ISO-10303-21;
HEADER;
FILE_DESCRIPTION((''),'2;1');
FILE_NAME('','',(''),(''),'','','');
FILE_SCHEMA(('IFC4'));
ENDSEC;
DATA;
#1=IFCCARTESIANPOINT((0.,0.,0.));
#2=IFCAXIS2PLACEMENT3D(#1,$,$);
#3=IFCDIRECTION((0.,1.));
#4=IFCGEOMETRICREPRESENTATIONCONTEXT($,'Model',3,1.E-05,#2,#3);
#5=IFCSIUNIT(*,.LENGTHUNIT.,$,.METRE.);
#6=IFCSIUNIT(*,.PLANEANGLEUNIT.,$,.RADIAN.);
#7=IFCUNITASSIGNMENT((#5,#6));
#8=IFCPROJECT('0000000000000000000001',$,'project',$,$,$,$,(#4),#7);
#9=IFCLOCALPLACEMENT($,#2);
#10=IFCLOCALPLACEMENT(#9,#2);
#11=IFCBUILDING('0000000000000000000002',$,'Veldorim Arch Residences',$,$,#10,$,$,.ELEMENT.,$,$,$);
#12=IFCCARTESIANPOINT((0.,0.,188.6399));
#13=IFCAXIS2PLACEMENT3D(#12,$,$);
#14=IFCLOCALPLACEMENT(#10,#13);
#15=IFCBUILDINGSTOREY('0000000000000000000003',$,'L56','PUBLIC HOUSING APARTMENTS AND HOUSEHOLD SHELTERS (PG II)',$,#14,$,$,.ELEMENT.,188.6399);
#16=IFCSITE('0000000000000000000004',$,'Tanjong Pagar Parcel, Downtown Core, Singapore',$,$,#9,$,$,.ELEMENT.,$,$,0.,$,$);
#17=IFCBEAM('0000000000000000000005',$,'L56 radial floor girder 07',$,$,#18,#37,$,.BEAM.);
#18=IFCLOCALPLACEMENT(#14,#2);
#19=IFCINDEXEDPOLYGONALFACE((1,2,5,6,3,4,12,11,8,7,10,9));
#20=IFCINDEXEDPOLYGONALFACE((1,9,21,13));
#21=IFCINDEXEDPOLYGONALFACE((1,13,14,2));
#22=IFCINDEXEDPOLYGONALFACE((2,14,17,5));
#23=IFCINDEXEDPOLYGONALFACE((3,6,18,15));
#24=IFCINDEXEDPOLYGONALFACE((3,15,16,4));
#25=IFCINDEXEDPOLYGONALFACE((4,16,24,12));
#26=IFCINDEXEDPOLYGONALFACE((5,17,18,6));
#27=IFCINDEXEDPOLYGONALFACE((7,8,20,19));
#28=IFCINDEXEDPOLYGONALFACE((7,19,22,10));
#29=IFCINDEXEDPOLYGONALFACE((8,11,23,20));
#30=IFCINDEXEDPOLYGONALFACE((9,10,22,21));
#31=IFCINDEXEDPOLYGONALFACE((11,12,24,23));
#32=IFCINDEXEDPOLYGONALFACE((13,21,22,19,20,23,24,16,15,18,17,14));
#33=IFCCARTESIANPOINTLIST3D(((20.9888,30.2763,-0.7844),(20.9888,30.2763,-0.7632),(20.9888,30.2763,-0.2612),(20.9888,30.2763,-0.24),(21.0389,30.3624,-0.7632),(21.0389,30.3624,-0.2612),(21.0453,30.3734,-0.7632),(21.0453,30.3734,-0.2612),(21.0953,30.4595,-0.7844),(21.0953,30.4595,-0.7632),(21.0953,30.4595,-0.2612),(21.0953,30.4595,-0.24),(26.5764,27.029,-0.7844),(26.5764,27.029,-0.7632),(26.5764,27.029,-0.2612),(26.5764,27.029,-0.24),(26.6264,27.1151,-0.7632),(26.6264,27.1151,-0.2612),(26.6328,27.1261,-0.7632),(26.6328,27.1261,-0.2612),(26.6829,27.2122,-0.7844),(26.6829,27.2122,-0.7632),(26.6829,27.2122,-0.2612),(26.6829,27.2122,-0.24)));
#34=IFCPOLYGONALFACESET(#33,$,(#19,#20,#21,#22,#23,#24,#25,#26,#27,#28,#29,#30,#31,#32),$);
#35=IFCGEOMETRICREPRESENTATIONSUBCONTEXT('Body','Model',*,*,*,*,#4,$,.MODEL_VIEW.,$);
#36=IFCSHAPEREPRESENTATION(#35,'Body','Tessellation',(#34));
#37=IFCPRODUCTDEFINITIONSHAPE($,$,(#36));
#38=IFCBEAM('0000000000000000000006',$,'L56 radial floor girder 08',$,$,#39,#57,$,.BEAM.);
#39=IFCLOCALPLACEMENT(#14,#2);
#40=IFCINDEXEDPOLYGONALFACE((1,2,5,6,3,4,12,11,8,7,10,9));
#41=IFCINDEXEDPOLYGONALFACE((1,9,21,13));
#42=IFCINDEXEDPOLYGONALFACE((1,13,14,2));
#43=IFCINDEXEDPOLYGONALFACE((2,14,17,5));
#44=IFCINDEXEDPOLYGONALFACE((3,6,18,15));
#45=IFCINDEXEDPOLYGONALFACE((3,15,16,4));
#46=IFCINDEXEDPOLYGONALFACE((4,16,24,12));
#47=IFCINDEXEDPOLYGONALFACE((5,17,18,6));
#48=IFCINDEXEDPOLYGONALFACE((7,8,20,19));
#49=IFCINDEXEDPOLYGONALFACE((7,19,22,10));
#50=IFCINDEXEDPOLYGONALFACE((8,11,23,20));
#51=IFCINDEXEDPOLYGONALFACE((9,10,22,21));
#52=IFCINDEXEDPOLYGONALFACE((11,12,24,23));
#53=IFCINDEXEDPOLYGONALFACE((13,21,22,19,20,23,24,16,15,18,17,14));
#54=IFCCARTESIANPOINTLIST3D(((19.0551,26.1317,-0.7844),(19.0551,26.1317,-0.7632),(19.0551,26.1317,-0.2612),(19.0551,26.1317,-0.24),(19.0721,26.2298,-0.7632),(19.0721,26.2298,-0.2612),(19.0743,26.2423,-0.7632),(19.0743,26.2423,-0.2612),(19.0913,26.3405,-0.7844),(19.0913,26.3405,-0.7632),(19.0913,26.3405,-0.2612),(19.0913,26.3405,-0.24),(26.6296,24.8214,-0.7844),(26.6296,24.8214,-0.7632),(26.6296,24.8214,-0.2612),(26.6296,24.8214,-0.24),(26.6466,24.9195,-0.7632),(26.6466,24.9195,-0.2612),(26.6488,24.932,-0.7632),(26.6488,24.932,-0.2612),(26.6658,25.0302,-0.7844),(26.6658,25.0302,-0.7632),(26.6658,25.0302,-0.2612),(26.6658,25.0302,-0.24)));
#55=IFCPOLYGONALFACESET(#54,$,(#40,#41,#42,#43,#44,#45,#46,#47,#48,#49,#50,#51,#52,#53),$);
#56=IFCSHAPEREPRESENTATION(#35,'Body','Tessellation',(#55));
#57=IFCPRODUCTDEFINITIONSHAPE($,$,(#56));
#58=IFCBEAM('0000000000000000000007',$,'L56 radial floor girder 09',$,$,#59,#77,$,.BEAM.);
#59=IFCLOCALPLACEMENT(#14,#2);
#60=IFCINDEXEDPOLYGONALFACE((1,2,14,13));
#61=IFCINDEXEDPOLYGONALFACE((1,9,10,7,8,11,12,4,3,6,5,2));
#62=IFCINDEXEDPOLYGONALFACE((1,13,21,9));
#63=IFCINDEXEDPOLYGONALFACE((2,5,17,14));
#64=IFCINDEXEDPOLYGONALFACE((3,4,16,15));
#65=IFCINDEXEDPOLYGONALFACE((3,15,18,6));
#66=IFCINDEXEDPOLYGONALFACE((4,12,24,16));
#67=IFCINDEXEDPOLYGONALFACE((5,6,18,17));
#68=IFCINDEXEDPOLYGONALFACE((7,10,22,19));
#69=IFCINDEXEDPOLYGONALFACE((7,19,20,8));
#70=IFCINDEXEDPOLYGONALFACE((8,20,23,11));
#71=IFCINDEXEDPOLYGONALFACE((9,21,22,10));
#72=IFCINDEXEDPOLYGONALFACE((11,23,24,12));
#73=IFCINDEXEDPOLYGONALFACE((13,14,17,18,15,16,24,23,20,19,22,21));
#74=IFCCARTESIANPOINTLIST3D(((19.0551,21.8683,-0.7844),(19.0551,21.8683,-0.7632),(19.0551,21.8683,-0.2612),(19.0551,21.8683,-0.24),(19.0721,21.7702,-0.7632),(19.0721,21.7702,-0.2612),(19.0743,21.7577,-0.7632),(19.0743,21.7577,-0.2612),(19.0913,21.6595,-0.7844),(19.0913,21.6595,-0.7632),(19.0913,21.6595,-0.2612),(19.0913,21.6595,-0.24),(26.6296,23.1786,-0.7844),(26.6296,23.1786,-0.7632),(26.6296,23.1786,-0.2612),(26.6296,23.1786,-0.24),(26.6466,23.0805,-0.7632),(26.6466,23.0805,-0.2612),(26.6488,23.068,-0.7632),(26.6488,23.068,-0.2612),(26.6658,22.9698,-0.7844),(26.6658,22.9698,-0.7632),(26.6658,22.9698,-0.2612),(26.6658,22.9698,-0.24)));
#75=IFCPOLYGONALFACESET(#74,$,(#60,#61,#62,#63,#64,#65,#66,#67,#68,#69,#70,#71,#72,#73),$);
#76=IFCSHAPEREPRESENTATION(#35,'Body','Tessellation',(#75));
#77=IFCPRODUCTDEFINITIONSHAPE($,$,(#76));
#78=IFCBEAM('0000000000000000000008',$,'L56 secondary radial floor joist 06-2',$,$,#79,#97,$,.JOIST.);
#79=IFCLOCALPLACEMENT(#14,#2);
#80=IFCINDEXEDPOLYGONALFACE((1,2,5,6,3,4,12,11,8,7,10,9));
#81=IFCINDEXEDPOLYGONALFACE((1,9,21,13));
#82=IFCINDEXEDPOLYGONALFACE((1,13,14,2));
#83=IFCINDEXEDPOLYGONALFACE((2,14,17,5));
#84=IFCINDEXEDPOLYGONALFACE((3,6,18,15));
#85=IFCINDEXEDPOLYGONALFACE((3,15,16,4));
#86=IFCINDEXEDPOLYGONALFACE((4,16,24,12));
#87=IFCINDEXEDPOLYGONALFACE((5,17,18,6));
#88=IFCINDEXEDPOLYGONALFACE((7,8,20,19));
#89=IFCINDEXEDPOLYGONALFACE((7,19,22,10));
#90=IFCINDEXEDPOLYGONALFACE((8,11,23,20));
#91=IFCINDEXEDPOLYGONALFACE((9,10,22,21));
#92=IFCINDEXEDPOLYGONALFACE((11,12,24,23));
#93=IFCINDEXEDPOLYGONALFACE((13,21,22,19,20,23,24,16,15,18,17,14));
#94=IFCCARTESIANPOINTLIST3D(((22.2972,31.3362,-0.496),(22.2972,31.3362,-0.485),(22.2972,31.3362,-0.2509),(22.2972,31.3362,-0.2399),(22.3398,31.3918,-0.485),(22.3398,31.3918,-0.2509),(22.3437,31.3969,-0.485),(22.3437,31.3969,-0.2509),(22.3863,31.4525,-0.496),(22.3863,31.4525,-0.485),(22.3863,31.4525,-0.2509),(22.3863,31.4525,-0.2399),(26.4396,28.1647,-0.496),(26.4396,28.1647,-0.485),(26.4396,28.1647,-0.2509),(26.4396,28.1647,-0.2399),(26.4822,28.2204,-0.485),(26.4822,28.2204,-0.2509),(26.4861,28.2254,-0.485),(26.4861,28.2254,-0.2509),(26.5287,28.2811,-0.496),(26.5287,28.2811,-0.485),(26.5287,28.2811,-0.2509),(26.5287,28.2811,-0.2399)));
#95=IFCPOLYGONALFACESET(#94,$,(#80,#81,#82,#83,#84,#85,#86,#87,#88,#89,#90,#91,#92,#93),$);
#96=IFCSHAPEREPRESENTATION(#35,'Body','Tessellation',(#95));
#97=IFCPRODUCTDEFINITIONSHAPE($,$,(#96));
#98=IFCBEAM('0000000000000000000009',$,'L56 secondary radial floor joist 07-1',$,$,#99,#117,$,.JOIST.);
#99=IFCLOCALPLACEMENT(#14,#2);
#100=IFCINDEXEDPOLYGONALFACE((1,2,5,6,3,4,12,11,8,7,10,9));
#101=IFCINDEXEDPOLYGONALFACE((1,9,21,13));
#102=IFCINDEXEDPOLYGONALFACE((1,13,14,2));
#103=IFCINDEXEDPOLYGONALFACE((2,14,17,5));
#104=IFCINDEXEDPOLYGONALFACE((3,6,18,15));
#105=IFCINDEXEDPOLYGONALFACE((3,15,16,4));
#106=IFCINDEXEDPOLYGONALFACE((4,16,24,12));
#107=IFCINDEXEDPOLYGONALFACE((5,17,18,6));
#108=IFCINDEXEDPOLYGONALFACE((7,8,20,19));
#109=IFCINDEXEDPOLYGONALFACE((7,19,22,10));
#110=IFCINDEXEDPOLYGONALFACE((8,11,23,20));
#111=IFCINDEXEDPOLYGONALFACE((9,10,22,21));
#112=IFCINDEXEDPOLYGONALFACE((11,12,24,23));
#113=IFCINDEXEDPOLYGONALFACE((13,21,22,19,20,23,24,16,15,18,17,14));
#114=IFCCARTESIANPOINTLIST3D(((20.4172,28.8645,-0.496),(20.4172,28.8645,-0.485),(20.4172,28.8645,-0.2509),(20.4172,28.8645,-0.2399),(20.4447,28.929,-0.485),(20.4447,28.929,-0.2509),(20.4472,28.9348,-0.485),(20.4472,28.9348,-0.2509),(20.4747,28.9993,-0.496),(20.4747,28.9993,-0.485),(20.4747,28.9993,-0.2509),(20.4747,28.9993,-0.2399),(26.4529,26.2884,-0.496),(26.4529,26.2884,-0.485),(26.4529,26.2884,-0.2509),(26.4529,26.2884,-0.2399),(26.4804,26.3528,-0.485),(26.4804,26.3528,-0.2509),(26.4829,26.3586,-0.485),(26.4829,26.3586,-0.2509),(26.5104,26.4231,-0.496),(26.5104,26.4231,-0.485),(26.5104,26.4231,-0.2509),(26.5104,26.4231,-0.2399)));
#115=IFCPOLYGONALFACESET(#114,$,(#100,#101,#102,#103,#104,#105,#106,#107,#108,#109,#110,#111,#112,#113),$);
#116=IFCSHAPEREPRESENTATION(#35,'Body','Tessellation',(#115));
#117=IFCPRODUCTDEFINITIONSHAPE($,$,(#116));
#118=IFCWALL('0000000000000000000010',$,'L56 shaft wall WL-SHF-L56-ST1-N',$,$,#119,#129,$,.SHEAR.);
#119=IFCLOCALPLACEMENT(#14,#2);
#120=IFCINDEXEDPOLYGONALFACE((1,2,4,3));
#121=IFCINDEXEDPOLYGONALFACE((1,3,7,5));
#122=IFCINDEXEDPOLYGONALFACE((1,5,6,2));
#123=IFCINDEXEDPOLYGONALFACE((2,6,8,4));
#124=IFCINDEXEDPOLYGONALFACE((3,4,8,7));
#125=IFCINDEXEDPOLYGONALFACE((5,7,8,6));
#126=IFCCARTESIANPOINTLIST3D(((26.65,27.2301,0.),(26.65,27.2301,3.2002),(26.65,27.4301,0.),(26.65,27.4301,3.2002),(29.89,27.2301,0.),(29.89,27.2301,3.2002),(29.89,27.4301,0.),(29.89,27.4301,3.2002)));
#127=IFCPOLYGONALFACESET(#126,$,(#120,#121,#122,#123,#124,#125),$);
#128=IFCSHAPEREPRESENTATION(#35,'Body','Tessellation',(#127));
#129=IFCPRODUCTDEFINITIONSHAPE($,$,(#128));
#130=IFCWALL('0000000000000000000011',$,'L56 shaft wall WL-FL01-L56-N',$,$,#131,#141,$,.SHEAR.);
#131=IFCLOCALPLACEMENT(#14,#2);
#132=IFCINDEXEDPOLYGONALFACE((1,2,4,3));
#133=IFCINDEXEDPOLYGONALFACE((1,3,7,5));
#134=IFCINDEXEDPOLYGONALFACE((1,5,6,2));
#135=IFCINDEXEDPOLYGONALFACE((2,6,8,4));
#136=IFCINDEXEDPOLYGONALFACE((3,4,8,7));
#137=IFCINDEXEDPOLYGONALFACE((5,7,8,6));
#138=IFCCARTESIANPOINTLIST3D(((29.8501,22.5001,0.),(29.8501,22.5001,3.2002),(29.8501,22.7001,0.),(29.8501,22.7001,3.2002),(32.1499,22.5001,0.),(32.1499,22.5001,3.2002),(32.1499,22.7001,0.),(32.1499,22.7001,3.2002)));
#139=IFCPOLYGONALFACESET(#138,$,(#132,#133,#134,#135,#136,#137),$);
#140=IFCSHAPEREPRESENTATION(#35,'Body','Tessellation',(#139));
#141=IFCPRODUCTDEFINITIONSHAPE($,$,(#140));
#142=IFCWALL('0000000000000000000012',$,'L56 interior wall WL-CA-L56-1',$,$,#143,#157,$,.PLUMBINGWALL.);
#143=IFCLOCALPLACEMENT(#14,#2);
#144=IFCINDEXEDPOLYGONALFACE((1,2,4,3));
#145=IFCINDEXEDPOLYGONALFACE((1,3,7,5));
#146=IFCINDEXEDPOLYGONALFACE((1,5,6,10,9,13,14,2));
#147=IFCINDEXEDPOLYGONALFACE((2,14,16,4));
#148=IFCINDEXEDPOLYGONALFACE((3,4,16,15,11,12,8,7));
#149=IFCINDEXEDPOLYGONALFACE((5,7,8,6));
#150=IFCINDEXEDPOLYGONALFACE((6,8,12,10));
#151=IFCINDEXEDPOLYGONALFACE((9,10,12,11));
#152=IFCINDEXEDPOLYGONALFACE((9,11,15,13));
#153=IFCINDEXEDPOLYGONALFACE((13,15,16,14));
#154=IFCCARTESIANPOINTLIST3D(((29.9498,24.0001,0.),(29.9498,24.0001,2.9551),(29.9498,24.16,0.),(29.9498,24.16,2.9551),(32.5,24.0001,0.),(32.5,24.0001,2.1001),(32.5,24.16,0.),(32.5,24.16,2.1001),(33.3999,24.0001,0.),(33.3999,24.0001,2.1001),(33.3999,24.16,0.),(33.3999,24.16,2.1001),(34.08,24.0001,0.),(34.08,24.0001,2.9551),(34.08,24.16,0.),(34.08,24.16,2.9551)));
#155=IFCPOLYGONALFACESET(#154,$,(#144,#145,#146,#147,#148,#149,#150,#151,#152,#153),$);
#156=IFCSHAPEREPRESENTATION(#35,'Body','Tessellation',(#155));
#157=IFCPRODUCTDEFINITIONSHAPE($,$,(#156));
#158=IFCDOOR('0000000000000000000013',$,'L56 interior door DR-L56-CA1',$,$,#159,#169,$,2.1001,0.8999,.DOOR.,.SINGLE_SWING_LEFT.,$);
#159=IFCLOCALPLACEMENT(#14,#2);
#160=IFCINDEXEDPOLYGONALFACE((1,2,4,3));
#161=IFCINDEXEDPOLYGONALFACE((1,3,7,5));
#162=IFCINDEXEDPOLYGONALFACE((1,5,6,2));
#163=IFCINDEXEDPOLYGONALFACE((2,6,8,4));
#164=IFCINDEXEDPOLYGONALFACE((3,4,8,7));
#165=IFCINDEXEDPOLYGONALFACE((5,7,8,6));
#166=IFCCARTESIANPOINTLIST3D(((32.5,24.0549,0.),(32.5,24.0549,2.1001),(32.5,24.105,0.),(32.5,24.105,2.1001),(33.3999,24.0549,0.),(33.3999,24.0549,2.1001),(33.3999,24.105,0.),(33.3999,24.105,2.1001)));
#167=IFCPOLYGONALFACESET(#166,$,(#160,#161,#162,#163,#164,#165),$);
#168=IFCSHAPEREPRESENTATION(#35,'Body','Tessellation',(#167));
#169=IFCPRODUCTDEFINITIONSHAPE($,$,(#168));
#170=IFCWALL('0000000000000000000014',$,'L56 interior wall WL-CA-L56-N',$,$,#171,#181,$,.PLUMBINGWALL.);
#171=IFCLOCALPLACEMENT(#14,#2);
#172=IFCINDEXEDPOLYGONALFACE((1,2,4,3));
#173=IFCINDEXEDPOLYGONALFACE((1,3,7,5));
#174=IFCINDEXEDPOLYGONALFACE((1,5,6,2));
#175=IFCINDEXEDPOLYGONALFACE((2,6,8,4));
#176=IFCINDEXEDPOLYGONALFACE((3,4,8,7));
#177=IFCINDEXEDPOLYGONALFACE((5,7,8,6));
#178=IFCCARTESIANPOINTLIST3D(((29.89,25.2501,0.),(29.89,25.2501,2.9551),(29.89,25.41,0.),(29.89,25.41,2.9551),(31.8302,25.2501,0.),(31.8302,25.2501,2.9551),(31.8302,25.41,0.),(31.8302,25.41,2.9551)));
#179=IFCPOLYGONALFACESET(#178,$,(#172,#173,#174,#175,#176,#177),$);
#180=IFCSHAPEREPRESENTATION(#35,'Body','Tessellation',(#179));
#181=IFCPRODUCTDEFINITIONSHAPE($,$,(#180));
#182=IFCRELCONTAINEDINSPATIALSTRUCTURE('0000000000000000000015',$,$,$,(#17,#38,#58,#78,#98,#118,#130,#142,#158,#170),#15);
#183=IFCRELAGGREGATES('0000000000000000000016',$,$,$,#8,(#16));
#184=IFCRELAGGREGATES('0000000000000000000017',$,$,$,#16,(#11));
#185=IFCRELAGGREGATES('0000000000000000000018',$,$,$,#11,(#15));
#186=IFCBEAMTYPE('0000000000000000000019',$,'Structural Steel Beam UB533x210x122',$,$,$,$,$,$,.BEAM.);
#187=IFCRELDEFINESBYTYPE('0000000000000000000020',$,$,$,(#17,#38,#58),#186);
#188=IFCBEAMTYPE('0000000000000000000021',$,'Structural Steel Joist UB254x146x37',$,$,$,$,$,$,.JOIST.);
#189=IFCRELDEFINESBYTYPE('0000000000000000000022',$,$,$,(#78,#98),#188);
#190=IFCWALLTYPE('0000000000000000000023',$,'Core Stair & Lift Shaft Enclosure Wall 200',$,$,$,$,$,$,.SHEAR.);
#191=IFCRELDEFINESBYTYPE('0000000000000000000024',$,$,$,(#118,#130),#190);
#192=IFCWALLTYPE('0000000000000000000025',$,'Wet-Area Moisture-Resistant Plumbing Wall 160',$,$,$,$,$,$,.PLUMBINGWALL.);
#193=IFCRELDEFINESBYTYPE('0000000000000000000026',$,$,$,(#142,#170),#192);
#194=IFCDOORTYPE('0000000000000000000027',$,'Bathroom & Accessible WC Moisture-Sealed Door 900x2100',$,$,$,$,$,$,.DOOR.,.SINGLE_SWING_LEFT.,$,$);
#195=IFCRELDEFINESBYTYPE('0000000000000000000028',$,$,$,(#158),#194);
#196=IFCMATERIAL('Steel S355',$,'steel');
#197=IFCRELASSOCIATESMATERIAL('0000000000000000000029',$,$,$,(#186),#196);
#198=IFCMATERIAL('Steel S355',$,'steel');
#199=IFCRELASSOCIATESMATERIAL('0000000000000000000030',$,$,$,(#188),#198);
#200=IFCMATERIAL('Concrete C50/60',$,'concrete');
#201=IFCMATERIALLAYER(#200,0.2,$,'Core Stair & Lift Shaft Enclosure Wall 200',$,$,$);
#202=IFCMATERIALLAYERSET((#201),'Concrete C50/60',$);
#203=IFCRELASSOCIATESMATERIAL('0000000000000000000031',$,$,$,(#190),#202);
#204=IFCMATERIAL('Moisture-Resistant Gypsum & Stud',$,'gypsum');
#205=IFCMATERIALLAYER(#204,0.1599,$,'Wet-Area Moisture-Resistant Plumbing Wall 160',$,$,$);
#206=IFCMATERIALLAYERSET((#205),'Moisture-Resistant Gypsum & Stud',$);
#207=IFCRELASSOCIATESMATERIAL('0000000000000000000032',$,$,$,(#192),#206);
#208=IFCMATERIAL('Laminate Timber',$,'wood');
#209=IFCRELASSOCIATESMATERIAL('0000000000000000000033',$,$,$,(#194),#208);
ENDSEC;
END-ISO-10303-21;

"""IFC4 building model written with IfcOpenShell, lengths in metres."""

from ifc_helpers import new_model, si_unit, direction, frame, frame_2d, origin, origin_2d, place, context, subcontext, project, spatial, rectangle, i_section, extrude, material, layer, layer_set, material_profile, profile_set, type_object, element, fill, save


model = new_model("IFC4")

# Units and contexts
model_context = context("Model", 3, precision=1e-05, world=origin(), true_north=direction((0.0, 1.0)))
body_context = subcontext(model_context, "Body", "Model", "MODEL_VIEW")
ifc_project = project(units=[si_unit("LENGTHUNIT", "METRE"), si_unit("PLANEANGLEUNIT", "RADIAN")], contexts=[model_context])

# Site, building, storey
site_placement = place(None, origin())
site = spatial("IfcSite", under=ifc_project, at=site_placement, Name="Tanjong Pagar Parcel, Downtown Core, Singapore", CompositionType="ELEMENT", RefElevation=0.0)
building_placement = place(site_placement, origin())
building = spatial("IfcBuilding", under=site, at=building_placement, Name="Veldorim Arch Residences", CompositionType="ELEMENT")
storey_placement = place(building_placement, frame((0.0, 0.0, 188.6399)))
storey = spatial("IfcBuildingStorey", under=building, at=storey_placement, Name="L56", Description="PUBLIC HOUSING APARTMENTS AND HOUSEHOLD SHELTERS (PG II)", CompositionType="ELEMENT", Elevation=188.6399)

# Beams
ifc_material_1 = material(Name="Steel S355", Category="steel")
ifc_material_profile_1 = material_profile(ifc_material_1, i_section(OverallWidth=0.2119, OverallDepth=0.5444, WebThickness=0.0127, FlangeThickness=0.0212, at=origin_2d()), Name="UB533x210x122")
ifc_profile_set_1 = profile_set([ifc_material_profile_1], Name="Steel S355")
beam_type_1 = type_object("IfcBeamType", Name="Structural Steel Beam UB533x210x122", PredefinedType="BEAM", material=ifc_profile_set_1)
beam_1_placement = place(storey_placement, frame((26.6296, 27.1206, -0.5122), z_axis=(-0.864596, 0.502468, 0.0), x_axis=(-0.502468, -0.864596, 0.0)))
element("IfcBeam", 1, at=beam_1_placement, inside=storey, type_object=beam_type_1, Name="L56 radial floor girder 07", PredefinedType="BEAM", context=body_context, shape_type="SweptSolid", body=[
    extrude(i_section(OverallWidth=0.2119, OverallDepth=0.5444, WebThickness=0.0127, FlangeThickness=0.0212, at=origin_2d()), origin(), (0.0, 0.0, 1.0), 6.4626),
])
for number, where, z_axis, x_axis, name in (
    (2, (26.6477, 24.9258, -0.5122), (-0.985365, 0.170458, 0.0), (-0.170458, -0.985365, 0.0), "L56 radial floor girder 08"),
    (3, (26.6477, 23.0742, -0.5122), (-0.985365, -0.170458, 0.0), (0.170458, -0.985365, 0.0), "L56 radial floor girder 09"),
):
    element("IfcBeam", number, at=place(storey_placement, frame(where, z_axis=z_axis, x_axis=x_axis)), inside=storey, type_object=beam_type_1, Name=name, PredefinedType="BEAM", context=body_context, shape_type="SweptSolid", body=[
        extrude(i_section(OverallWidth=0.2119, OverallDepth=0.5444, WebThickness=0.0127, FlangeThickness=0.0212, at=origin_2d()), origin(), (0.0, 0.0, 1.0), 7.687),
    ])
ifc_material_2 = material(Name="Steel S355", Category="steel")
ifc_material_profile_2 = material_profile(ifc_material_2, i_section(OverallWidth=0.1465, OverallDepth=0.2561, WebThickness=0.0063, FlangeThickness=0.011, at=origin_2d()), Name="UB254x146x37")
ifc_profile_set_2 = profile_set([ifc_material_profile_2], Name="Steel S355")
beam_type_2 = type_object("IfcBeamType", Name="Structural Steel Joist UB254x146x37", PredefinedType="JOIST", material=ifc_profile_set_2)
beam_2_placement = place(storey_placement, frame((26.4841, 28.2229, -0.3679), z_axis=(-0.794014, 0.6079, 0.0), x_axis=(-0.6079, -0.794014, 0.0)))
element("IfcBeam", 4, at=beam_2_placement, inside=storey, type_object=beam_type_2, Name="L56 secondary radial floor joist 06-2", PredefinedType="JOIST", context=body_context, shape_type="SweptSolid", body=[
    extrude(i_section(OverallWidth=0.1465, OverallDepth=0.2561, WebThickness=0.0063, FlangeThickness=0.011, at=origin_2d()), origin(), (0.0, 0.0, 1.0), 5.217),
])
beam_3_placement = place(storey_placement, frame((26.4817, 26.3557, -0.3679), z_axis=(-0.919725, 0.392563, 0.0), x_axis=(-0.392563, -0.919725, 0.0)))
element("IfcBeam", 5, at=beam_3_placement, inside=storey, type_object=beam_type_2, Name="L56 secondary radial floor joist 07-1", PredefinedType="JOIST", context=body_context, shape_type="SweptSolid", body=[
    extrude(i_section(OverallWidth=0.1465, OverallDepth=0.2561, WebThickness=0.0063, FlangeThickness=0.011, at=origin_2d()), origin(), (0.0, 0.0, 1.0), 6.5625),
])

# Walls
ifc_material_3 = material(Name="Concrete C50/60", Category="concrete")
ifc_layer_1 = layer(ifc_material_3, 0.2, Name="Core Stair & Lift Shaft Enclosure Wall 200")
ifc_layer_set_1 = layer_set([ifc_layer_1], Name="Concrete C50/60")
wall_type_1 = type_object("IfcWallType", Name="Core Stair & Lift Shaft Enclosure Wall 200", PredefinedType="SHEAR", material=ifc_layer_set_1)
wall_1_placement = place(storey_placement, frame((26.6499, 27.3301, 0.0), z_axis=(0.0, 0.0, 1.0), x_axis=(1.0, 0.0, 0.0)))
element("IfcWall", 6, at=wall_1_placement, inside=storey, type_object=wall_type_1, Name="L56 shaft wall WL-SHF-L56-ST1-N", PredefinedType="SHEAR", context=body_context, shape_type="SweptSolid", body=[
    extrude(rectangle(XDim=3.24, YDim=0.2, at=frame_2d((1.6201, 0.0))), origin(), (0.0, 0.0, 1.0), 3.2002),
])
wall_2_placement = place(storey_placement, frame((29.8501, 22.6001, 0.0), z_axis=(0.0, 0.0, 1.0), x_axis=(1.0, 0.0, 0.0)))
element("IfcWall", 7, at=wall_2_placement, inside=storey, type_object=wall_type_1, Name="L56 shaft wall WL-FL01-L56-N", PredefinedType="SHEAR", context=body_context, shape_type="SweptSolid", body=[
    extrude(rectangle(XDim=2.2998, YDim=0.2, at=frame_2d((1.1499, 0.0))), origin(), (0.0, 0.0, 1.0), 3.2002),
])

# Wall, opening, door
ifc_material_4 = material(Name="Moisture-Resistant Gypsum & Stud", Category="gypsum")
ifc_layer_2 = layer(ifc_material_4, 0.1599, Name="Wet-Area Moisture-Resistant Plumbing Wall 160")
ifc_layer_set_2 = layer_set([ifc_layer_2], Name="Moisture-Resistant Gypsum & Stud")
wall_type_2 = type_object("IfcWallType", Name="Wet-Area Moisture-Resistant Plumbing Wall 160", PredefinedType="PLUMBINGWALL", material=ifc_layer_set_2)
wall_3_placement = place(storey_placement, frame((29.95, 24.0801, 0.0), z_axis=(0.0, 0.0, 1.0), x_axis=(1.0, 0.0, 0.0)))
wall_3 = element("IfcWall", 8, at=wall_3_placement, inside=storey, type_object=wall_type_2, Name="L56 interior wall WL-CA-L56-1", PredefinedType="PLUMBINGWALL", context=body_context, shape_type="SweptSolid", body=[
    extrude(rectangle(XDim=4.1301, YDim=0.1599, at=frame_2d((2.0649, 0.0))), origin(), (0.0, 0.0, 1.0), 2.9551),
])
opening_placement = place(wall_3_placement, frame((2.55, 0.0, 0.0)))
opening = element("IfcOpeningElement", 9, at=opening_placement, cuts=wall_3, PredefinedType="OPENING", context=body_context, shape_type="SweptSolid", body=[
    extrude(rectangle(XDim=0.8999, YDim=2.1001, at=frame_2d((0.45, 1.05))), frame((0.0, 0.0898, 0.0), z_axis=(0.0, -1.0, 0.0), x_axis=(1.0, 0.0, 0.0)), (0.0, 0.0, 1.0), 0.1799),
])
ifc_material_5 = material(Name="Laminate Timber", Category="wood")
door_type = type_object("IfcDoorType", Name="Bathroom & Accessible WC Moisture-Sealed Door 900x2100", OperationType="SINGLE_SWING_LEFT", PredefinedType="DOOR", material=ifc_material_5)
door_placement = place(opening_placement, origin())
door = element("IfcDoor", 10, at=door_placement, inside=storey, type_object=door_type, Name="L56 interior door DR-L56-CA1", OperationType="SINGLE_SWING_LEFT", OverallHeight=2.1001, OverallWidth=0.8999, PredefinedType="DOOR", context=body_context, shape_type="SweptSolid", body=[
    extrude(rectangle(XDim=0.8999, YDim=2.1001, at=frame_2d((0.45, 1.05))), frame((0.0, 0.0249, 0.0), z_axis=(0.0, -1.0, 0.0), x_axis=(1.0, 0.0, 0.0)), (0.0, 0.0, 1.0), 0.05),
])
fill(opening, door)

# Wall
wall_4_placement = place(storey_placement, frame((29.8899, 25.3301, 0.0), z_axis=(0.0, 0.0, 1.0), x_axis=(1.0, 0.0, 0.0)))
element("IfcWall", 11, at=wall_4_placement, inside=storey, type_object=wall_type_2, Name="L56 interior wall WL-CA-L56-N", PredefinedType="PLUMBINGWALL", context=body_context, shape_type="SweptSolid", body=[
    extrude(rectangle(XDim=1.9402, YDim=0.1599, at=frame_2d((0.9702, 0.0))), origin(), (0.0, 0.0, 1.0), 2.9551),
])

save(model, "model.ifc")
